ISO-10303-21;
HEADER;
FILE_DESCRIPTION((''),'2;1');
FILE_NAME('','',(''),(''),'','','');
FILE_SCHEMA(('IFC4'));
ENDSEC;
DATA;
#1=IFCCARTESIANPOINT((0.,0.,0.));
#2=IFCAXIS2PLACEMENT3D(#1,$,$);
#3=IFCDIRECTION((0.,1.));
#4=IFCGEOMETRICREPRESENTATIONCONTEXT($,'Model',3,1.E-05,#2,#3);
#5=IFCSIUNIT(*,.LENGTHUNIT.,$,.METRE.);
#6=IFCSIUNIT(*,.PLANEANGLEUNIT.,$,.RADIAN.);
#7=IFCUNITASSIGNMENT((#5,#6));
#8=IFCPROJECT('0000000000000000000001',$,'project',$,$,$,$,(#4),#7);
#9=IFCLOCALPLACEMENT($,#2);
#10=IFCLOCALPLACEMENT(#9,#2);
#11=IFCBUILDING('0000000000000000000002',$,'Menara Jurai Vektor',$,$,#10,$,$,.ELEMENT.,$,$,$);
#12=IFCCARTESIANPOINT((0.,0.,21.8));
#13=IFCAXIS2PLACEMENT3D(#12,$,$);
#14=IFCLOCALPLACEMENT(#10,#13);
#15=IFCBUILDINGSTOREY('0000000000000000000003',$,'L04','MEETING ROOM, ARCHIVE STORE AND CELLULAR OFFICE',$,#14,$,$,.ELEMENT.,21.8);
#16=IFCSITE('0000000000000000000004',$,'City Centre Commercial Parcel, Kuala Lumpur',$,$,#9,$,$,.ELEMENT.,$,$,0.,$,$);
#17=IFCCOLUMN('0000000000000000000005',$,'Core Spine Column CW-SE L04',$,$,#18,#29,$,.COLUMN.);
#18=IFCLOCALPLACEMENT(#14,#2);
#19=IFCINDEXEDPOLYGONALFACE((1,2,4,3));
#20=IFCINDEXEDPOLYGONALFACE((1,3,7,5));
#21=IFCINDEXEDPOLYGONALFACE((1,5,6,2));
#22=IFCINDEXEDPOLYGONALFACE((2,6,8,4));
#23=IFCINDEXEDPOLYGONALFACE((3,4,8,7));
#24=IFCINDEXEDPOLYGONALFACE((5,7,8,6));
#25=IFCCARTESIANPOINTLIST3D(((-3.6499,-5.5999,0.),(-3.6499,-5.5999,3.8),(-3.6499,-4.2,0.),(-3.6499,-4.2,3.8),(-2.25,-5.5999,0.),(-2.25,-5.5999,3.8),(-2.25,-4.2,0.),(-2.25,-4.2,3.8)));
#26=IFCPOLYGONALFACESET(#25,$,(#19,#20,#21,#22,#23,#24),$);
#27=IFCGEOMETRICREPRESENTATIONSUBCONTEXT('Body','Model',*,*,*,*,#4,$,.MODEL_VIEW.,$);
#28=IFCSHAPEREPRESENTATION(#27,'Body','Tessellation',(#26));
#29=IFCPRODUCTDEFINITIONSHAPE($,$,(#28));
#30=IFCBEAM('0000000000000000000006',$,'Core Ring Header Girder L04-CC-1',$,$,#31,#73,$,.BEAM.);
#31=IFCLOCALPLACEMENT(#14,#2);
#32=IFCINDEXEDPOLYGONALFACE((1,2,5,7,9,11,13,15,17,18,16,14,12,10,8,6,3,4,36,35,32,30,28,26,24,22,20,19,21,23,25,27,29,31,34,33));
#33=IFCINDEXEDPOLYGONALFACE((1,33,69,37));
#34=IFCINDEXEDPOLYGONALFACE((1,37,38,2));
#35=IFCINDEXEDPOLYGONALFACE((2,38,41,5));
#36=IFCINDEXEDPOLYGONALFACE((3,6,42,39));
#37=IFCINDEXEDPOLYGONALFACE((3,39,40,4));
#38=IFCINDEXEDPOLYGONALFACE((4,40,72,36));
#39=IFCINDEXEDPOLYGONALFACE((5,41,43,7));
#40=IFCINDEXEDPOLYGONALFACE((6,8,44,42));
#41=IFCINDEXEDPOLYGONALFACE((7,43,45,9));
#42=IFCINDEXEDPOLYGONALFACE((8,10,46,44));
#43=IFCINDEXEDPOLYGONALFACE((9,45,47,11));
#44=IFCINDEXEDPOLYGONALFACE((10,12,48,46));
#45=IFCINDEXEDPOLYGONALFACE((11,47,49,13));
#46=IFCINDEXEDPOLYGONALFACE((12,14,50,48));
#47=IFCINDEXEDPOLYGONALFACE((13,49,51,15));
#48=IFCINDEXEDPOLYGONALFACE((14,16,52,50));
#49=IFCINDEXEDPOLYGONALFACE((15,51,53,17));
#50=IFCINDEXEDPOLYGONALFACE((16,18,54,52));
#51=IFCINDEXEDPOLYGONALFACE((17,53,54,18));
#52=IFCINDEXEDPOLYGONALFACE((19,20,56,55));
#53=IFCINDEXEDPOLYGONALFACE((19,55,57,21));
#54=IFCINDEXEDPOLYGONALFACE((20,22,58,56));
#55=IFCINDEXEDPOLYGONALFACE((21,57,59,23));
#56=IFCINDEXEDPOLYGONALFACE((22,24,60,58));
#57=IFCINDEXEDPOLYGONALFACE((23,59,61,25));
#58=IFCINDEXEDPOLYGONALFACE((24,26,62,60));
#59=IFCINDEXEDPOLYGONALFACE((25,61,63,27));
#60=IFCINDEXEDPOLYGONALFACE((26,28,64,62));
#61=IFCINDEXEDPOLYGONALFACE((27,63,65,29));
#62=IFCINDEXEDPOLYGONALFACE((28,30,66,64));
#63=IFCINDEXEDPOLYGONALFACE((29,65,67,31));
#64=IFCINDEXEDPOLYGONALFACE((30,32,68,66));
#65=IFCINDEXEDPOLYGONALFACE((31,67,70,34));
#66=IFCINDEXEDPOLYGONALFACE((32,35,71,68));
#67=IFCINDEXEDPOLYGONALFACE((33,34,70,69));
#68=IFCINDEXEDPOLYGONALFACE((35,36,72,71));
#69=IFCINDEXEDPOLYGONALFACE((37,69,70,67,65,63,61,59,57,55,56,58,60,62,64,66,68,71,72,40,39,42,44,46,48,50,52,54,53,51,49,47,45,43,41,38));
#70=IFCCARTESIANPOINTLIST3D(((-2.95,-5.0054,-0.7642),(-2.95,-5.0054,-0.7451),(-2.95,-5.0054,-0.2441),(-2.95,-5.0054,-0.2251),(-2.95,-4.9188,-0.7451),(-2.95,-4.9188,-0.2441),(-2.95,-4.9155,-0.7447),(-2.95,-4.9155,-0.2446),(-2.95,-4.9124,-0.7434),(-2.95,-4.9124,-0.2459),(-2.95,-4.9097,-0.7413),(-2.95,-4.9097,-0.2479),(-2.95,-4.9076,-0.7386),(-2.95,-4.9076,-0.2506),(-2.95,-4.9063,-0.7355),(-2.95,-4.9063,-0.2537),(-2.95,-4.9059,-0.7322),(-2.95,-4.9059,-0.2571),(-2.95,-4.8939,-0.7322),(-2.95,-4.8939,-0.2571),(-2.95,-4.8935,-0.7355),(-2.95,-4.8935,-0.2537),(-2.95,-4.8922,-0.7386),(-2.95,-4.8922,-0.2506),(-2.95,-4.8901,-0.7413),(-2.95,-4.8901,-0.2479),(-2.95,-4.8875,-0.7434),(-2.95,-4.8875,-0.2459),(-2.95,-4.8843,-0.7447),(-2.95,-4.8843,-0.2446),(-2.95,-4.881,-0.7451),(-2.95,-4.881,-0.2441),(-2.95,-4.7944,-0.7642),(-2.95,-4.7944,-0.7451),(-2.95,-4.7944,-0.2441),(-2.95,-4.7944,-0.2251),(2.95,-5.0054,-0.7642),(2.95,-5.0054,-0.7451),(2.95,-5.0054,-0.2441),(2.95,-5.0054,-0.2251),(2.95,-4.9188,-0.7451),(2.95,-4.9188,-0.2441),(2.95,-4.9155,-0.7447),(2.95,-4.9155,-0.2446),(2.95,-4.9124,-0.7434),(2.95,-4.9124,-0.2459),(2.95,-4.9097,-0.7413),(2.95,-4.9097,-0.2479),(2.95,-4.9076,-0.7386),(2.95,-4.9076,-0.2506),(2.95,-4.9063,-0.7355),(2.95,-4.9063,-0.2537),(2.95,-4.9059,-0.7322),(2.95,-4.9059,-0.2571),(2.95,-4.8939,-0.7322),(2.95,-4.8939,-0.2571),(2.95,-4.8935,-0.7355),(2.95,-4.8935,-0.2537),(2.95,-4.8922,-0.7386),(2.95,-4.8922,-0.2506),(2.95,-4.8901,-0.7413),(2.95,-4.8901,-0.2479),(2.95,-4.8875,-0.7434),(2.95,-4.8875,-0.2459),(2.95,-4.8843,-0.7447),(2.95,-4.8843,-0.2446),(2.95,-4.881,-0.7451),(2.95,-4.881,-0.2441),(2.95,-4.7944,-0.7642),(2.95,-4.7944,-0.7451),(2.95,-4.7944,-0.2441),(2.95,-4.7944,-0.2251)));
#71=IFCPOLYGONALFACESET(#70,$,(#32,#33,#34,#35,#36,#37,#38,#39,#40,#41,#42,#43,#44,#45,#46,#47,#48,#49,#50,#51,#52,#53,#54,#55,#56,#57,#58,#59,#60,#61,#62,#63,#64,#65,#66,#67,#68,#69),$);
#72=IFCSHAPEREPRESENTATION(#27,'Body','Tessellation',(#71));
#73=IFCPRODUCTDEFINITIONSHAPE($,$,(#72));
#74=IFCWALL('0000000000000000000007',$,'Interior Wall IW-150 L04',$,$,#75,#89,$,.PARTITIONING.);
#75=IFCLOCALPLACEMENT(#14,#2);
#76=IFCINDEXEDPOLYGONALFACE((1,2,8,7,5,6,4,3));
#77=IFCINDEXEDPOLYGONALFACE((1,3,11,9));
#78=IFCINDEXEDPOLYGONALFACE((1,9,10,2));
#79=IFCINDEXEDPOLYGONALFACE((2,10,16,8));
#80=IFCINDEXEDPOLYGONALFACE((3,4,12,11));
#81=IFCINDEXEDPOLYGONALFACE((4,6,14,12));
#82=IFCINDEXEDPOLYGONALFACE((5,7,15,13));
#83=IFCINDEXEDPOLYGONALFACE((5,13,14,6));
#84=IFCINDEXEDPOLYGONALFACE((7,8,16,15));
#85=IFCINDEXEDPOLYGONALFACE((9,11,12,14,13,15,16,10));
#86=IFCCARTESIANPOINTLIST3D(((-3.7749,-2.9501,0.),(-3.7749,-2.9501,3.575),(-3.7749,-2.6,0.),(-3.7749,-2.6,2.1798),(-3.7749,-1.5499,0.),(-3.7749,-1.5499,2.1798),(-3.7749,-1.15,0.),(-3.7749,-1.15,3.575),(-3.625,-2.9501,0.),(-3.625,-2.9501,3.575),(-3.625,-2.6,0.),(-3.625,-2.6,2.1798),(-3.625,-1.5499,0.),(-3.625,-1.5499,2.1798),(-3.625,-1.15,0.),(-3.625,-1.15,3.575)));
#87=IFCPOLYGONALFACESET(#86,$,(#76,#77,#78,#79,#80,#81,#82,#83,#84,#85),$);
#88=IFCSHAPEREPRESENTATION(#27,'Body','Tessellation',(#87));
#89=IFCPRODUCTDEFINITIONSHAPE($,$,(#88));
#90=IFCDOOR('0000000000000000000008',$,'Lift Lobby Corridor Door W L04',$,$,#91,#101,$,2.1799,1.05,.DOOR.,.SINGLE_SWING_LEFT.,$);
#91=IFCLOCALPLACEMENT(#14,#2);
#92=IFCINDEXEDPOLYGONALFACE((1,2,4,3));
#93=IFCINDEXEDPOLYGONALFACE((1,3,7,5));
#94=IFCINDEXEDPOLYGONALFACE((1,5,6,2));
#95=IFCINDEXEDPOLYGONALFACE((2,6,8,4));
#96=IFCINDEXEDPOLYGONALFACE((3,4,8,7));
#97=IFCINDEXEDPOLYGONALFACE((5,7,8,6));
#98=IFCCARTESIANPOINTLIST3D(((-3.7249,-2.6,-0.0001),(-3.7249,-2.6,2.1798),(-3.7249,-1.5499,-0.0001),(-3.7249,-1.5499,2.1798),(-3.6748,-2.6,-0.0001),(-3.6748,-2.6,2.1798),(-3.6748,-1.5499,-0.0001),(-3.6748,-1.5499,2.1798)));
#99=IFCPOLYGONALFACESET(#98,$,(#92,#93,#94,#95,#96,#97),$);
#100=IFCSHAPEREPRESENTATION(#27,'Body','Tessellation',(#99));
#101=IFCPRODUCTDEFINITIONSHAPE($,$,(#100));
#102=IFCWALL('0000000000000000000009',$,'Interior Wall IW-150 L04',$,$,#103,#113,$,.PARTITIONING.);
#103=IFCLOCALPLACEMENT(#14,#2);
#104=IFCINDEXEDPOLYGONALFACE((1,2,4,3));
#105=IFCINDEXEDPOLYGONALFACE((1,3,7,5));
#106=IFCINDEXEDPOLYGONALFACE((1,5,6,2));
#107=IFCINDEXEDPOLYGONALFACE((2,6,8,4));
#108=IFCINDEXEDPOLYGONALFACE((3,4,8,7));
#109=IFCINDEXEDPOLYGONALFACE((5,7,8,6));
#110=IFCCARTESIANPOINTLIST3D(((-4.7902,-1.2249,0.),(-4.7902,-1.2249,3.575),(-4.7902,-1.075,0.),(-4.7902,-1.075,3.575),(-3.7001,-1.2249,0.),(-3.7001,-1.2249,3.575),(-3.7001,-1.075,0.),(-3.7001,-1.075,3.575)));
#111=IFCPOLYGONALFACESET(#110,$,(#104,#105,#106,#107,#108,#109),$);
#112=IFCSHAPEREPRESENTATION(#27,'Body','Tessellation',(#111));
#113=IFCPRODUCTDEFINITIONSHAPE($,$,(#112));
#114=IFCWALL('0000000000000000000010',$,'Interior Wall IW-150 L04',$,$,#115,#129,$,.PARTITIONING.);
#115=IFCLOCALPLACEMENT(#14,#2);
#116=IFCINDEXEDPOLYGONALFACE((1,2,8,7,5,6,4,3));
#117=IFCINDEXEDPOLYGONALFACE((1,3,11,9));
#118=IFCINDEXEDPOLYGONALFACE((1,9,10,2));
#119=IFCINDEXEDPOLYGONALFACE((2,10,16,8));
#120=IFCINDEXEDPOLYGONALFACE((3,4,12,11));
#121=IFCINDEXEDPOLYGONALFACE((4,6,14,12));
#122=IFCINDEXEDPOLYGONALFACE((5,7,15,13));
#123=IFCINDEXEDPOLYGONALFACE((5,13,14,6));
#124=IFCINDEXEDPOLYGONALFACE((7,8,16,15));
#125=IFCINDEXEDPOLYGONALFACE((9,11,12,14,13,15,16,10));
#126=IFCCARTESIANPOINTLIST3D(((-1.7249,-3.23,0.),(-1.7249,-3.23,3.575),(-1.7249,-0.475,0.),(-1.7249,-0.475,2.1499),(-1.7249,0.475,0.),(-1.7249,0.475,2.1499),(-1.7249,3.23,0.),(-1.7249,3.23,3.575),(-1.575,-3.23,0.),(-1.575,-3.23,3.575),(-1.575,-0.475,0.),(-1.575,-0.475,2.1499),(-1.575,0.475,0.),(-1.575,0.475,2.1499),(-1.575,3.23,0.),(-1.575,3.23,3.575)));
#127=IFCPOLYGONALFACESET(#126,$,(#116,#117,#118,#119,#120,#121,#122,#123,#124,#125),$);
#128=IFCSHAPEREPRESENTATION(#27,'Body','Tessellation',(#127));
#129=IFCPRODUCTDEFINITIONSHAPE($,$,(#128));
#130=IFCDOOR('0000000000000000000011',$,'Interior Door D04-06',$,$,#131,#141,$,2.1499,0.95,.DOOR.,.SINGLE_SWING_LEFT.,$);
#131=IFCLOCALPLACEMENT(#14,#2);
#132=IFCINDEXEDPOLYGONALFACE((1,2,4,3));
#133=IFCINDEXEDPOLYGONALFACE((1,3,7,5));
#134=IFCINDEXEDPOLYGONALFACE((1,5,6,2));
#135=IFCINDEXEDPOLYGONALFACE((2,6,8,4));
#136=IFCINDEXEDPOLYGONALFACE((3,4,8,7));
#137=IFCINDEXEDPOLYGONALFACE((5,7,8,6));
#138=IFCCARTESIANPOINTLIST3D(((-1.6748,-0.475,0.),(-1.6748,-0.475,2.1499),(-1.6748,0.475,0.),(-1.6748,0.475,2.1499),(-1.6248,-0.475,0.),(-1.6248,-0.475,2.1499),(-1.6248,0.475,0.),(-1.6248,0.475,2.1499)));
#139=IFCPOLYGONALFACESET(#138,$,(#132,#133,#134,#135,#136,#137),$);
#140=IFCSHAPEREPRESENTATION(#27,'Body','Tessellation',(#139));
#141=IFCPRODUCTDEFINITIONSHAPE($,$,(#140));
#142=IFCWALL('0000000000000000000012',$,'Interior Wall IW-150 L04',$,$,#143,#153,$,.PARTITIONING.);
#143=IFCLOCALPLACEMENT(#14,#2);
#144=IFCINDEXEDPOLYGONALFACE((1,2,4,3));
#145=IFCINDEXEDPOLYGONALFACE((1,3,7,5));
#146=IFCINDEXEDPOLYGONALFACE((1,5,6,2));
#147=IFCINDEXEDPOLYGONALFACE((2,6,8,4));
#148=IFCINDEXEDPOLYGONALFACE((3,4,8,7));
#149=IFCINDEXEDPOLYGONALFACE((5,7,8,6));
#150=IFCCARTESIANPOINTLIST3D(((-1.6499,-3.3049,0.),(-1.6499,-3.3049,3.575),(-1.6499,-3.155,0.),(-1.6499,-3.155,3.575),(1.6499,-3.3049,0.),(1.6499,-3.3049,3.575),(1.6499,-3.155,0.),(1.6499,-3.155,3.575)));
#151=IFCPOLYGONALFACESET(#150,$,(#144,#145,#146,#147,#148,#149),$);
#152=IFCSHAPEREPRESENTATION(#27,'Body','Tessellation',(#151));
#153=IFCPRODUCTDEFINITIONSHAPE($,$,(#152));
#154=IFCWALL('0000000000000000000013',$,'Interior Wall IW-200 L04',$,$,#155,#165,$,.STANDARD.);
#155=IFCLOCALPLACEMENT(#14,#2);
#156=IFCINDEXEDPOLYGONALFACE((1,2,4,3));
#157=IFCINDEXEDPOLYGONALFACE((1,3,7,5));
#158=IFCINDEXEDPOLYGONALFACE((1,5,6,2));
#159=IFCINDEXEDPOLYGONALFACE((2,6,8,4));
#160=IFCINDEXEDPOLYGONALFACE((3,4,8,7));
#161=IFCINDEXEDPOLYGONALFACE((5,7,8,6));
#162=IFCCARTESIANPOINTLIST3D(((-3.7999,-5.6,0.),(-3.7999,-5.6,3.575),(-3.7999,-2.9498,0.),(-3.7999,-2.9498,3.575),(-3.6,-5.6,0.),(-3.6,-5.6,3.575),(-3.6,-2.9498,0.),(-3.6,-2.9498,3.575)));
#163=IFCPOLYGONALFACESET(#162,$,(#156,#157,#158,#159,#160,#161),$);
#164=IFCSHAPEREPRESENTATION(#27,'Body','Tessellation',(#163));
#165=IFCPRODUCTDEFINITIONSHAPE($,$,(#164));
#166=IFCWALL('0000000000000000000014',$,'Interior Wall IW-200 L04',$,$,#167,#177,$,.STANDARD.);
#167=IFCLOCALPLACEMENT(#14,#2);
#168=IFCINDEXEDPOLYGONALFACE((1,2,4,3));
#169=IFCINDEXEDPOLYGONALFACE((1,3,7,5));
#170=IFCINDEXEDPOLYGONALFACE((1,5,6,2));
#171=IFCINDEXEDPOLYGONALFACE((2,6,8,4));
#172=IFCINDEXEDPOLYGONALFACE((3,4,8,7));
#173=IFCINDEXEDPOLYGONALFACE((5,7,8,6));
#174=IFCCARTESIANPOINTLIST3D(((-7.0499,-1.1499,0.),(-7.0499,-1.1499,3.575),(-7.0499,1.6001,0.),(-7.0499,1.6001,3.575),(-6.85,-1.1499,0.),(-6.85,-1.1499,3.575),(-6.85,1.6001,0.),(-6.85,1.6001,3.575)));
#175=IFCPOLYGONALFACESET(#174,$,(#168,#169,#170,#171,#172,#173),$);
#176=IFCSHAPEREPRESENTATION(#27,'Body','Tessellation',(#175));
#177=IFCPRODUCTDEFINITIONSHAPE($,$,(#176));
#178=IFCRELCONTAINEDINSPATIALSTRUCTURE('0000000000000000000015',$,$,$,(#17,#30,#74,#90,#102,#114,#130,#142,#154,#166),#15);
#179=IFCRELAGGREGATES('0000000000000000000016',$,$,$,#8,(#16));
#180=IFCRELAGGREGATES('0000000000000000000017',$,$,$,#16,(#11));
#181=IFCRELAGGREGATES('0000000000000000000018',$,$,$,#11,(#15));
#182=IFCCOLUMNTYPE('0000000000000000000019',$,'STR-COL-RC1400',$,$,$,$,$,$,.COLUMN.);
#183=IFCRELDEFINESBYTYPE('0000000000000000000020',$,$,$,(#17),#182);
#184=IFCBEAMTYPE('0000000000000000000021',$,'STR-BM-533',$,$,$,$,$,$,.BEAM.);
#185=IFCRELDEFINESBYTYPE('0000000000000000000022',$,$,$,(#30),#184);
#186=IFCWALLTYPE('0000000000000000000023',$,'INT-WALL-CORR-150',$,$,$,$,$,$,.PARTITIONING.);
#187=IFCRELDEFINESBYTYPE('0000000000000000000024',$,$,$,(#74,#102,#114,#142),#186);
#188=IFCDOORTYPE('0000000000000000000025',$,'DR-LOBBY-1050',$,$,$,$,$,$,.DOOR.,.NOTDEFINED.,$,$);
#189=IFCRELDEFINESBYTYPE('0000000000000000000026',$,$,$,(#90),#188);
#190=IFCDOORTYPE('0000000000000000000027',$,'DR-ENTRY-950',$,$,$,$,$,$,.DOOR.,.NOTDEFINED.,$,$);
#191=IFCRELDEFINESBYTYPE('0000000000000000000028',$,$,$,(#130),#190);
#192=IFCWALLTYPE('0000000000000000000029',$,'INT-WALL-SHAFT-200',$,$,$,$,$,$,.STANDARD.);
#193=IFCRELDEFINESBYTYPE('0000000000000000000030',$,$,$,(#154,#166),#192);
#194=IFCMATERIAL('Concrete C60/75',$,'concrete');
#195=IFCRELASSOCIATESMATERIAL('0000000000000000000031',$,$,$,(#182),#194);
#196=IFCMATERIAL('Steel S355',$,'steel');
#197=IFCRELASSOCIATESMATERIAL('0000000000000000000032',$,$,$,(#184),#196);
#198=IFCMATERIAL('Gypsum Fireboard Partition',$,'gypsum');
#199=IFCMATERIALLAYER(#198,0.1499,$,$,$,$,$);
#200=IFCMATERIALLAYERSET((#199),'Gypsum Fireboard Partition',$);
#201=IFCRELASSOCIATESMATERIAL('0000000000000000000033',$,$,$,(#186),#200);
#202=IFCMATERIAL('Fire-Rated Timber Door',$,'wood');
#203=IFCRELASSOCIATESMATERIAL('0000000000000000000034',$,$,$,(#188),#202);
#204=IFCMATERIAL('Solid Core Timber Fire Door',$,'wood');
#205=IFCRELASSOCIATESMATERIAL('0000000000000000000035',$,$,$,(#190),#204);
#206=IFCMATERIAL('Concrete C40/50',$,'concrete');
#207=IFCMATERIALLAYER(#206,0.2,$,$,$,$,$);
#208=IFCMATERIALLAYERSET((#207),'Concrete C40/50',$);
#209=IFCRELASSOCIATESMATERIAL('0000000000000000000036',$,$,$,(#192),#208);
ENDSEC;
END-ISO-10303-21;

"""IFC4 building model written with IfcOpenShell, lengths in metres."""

from ifc_helpers import new_model, si_unit, direction, frame, frame_2d, origin, origin_2d, place, context, subcontext, project, spatial, rectangle, i_section, extrude, material, layer, layer_set, material_profile, profile_set, type_object, element, fill, save


model = new_model("IFC4")

# Units and contexts
model_context = context("Model", 3, precision=1e-05, world=origin(), true_north=direction((0.0, 1.0)))
body_context = subcontext(model_context, "Body", "Model", "MODEL_VIEW")
ifc_project = project(units=[si_unit("LENGTHUNIT", "METRE"), si_unit("PLANEANGLEUNIT", "RADIAN")], contexts=[model_context])

# Site, building, storey
site_placement = place(None, origin())
site = spatial("IfcSite", under=ifc_project, at=site_placement, Name="City Centre Commercial Parcel, Kuala Lumpur", CompositionType="ELEMENT", RefElevation=0.0)
building_placement = place(site_placement, origin())
building = spatial("IfcBuilding", under=site, at=building_placement, Name="Menara Jurai Vektor", CompositionType="ELEMENT")
storey_placement = place(building_placement, frame((0.0, 0.0, 21.8)))
storey = spatial("IfcBuildingStorey", under=building, at=storey_placement, Name="L04", Description="MEETING ROOM, ARCHIVE STORE AND CELLULAR OFFICE", CompositionType="ELEMENT", Elevation=21.8)

# Column
ifc_material_1 = material(Name="Concrete C60/75", Category="concrete")
ifc_material_profile_1 = material_profile(ifc_material_1, rectangle(XDim=1.3999, YDim=1.3999, at=origin_2d()), Name="RC 1400x1400")
ifc_profile_set_1 = profile_set([ifc_material_profile_1], Name="Concrete C60/75")
column_type = type_object("IfcColumnType", Name="STR-COL-RC1400", PredefinedType="COLUMN", material=ifc_profile_set_1)
column_placement = place(storey_placement, frame((-2.95, -4.8999, 0.0), z_axis=(0.0, 0.0, 1.0), x_axis=(1.0, 0.0, 0.0)))
element("IfcColumn", 1, at=column_placement, inside=storey, type_object=column_type, Name="Core Spine Column CW-SE L04", PredefinedType="COLUMN", context=body_context, shape_type="SweptSolid", body=[
    extrude(rectangle(XDim=1.3999, YDim=1.3999, at=origin_2d()), origin(), (0.0, 0.0, 1.0), 3.8),
])

# Beam
ifc_material_2 = material(Name="Steel S355", Category="steel")
ifc_material_profile_2 = material_profile(ifc_material_2, i_section(OverallWidth=0.2109, OverallDepth=0.5391, WebThickness=0.012, FlangeThickness=0.019, FilletRadius=0.0129, at=origin_2d()), Name="UKB 533x210x109")
ifc_profile_set_2 = profile_set([ifc_material_profile_2], Name="Steel S355")
beam_type = type_object("IfcBeamType", Name="STR-BM-533", PredefinedType="BEAM", material=ifc_profile_set_2)
beam_placement = place(storey_placement, frame((-2.95, -4.8999, -0.4946), z_axis=(1.0, 0.0, 0.0), x_axis=(0.0, 1.0, 0.0)))
element("IfcBeam", 2, at=beam_placement, inside=storey, type_object=beam_type, Name="Core Ring Header Girder L04-CC-1", PredefinedType="BEAM", context=body_context, shape_type="SweptSolid", body=[
    extrude(i_section(OverallWidth=0.2109, OverallDepth=0.5391, WebThickness=0.012, FlangeThickness=0.019, FilletRadius=0.0129, at=origin_2d()), origin(), (0.0, 0.0, 1.0), 5.8999),
])

# Wall, opening, door
ifc_material_3 = material(Name="Gypsum Fireboard Partition", Category="gypsum")
ifc_layer_1 = layer(ifc_material_3, 0.1499)
ifc_layer_set_1 = layer_set([ifc_layer_1], Name="Gypsum Fireboard Partition")
wall_type_1 = type_object("IfcWallType", Name="INT-WALL-CORR-150", PredefinedType="PARTITIONING", material=ifc_layer_set_1)
wall_1_placement = place(storey_placement, frame((-3.7, -2.95, 0.0), z_axis=(0.0, 0.0, 1.0), x_axis=(0.0, 1.0, 0.0)))
wall_1 = element("IfcWall", 3, at=wall_1_placement, inside=storey, type_object=wall_type_1, Name="Interior Wall IW-150 L04", PredefinedType="PARTITIONING", context=body_context, shape_type="SweptSolid", body=[
    extrude(rectangle(XDim=1.8, YDim=0.1499, at=frame_2d((0.8999, 0.0))), origin(), (0.0, 0.0, 1.0), 3.575),
])
opening_1_placement = place(wall_1_placement, frame((0.3501, 0.0, 0.0)))
opening_1 = element("IfcOpeningElement", 4, at=opening_1_placement, cuts=wall_1, PredefinedType="OPENING", context=body_context, shape_type="SweptSolid", body=[
    extrude(rectangle(XDim=1.05, YDim=2.1799, at=frame_2d((0.5249, 1.0898))), frame((0.0, 0.085, 0.0), z_axis=(0.0, -1.0, 0.0), x_axis=(1.0, 0.0, 0.0)), (0.0, 0.0, 1.0), 0.1699),
])
ifc_material_4 = material(Name="Fire-Rated Timber Door", Category="wood")
door_type_1 = type_object("IfcDoorType", Name="DR-LOBBY-1050", OperationType="NOTDEFINED", PredefinedType="DOOR", material=ifc_material_4)
door_1_placement = place(opening_1_placement, origin())
door_1 = element("IfcDoor", 5, at=door_1_placement, inside=storey, type_object=door_type_1, Name="Lift Lobby Corridor Door W L04", OperationType="SINGLE_SWING_LEFT", OverallHeight=2.1799, OverallWidth=1.05, PredefinedType="DOOR", context=body_context, shape_type="SweptSolid", body=[
    extrude(rectangle(XDim=1.05, YDim=2.1799, at=frame_2d((0.5249, 1.0898))), frame((0.0, 0.0249, 0.0), z_axis=(0.0, -1.0, 0.0), x_axis=(1.0, 0.0, 0.0)), (0.0, 0.0, 1.0), 0.05),
])
fill(opening_1, door_1)

# Wall
wall_2_placement = place(storey_placement, frame((-4.79, -1.1499, 0.0), z_axis=(0.0, 0.0, 1.0), x_axis=(1.0, 0.0, 0.0)))
element("IfcWall", 6, at=wall_2_placement, inside=storey, type_object=wall_type_1, Name="Interior Wall IW-150 L04", PredefinedType="PARTITIONING", context=body_context, shape_type="SweptSolid", body=[
    extrude(rectangle(XDim=1.0901, YDim=0.1499, at=frame_2d((0.5449, 0.0))), origin(), (0.0, 0.0, 1.0), 3.575),
])

# Wall, opening, door
wall_3_placement = place(storey_placement, frame((-1.6499, -3.23, 0.0), z_axis=(0.0, 0.0, 1.0), x_axis=(0.0, 1.0, 0.0)))
wall_3 = element("IfcWall", 7, at=wall_3_placement, inside=storey, type_object=wall_type_1, Name="Interior Wall IW-150 L04", PredefinedType="PARTITIONING", context=body_context, shape_type="SweptSolid", body=[
    extrude(rectangle(XDim=6.46, YDim=0.1499, at=frame_2d((3.23, 0.0))), origin(), (0.0, 0.0, 1.0), 3.575),
])
opening_2_placement = place(wall_3_placement, frame((2.7549, 0.0, 0.0)))
opening_2 = element("IfcOpeningElement", 8, at=opening_2_placement, cuts=wall_3, PredefinedType="OPENING", context=body_context, shape_type="SweptSolid", body=[
    extrude(rectangle(XDim=0.95, YDim=2.1499, at=frame_2d((0.4751, 1.075))), frame((0.0, 0.085, 0.0), z_axis=(0.0, -1.0, 0.0), x_axis=(1.0, 0.0, 0.0)), (0.0, 0.0, 1.0), 0.1699),
])
ifc_material_5 = material(Name="Solid Core Timber Fire Door", Category="wood")
door_type_2 = type_object("IfcDoorType", Name="DR-ENTRY-950", OperationType="NOTDEFINED", PredefinedType="DOOR", material=ifc_material_5)
door_2_placement = place(opening_2_placement, origin())
door_2 = element("IfcDoor", 9, at=door_2_placement, inside=storey, type_object=door_type_2, Name="Interior Door D04-06", OperationType="SINGLE_SWING_LEFT", OverallHeight=2.1499, OverallWidth=0.95, PredefinedType="DOOR", context=body_context, shape_type="SweptSolid", body=[
    extrude(rectangle(XDim=0.95, YDim=2.1499, at=frame_2d((0.4751, 1.075))), frame((0.0, 0.0249, 0.0), z_axis=(0.0, -1.0, 0.0), x_axis=(1.0, 0.0, 0.0)), (0.0, 0.0, 1.0), 0.05),
])
fill(opening_2, door_2)

# Wall
wall_4_placement = place(storey_placement, frame((-1.6499, -3.23, 0.0), z_axis=(0.0, 0.0, 1.0), x_axis=(1.0, 0.0, 0.0)))
element("IfcWall", 10, at=wall_4_placement, inside=storey, type_object=wall_type_1, Name="Interior Wall IW-150 L04", PredefinedType="PARTITIONING", context=body_context, shape_type="SweptSolid", body=[
    extrude(rectangle(XDim=3.2998, YDim=0.1499, at=frame_2d((1.6499, 0.0))), origin(), (0.0, 0.0, 1.0), 3.575),
])

# Shared definitions
ifc_material_6 = material(Name="Concrete C40/50", Category="concrete")
ifc_layer_2 = layer(ifc_material_6, 0.2)
ifc_layer_set_2 = layer_set([ifc_layer_2], Name="Concrete C40/50")
wall_type_2 = type_object("IfcWallType", Name="INT-WALL-SHAFT-200", PredefinedType="STANDARD", material=ifc_layer_set_2)

# Walls
wall_5_placement = place(storey_placement, frame((-3.7, -5.6001, 0.0), z_axis=(0.0, 0.0, 1.0), x_axis=(0.0, 1.0, 0.0)))
element("IfcWall", 11, at=wall_5_placement, inside=storey, type_object=wall_type_2, Name="Interior Wall IW-200 L04", PredefinedType="STANDARD", context=body_context, shape_type="SweptSolid", body=[
    extrude(rectangle(XDim=2.6501, YDim=0.2, at=frame_2d((1.3252, 0.0))), origin(), (0.0, 0.0, 1.0), 3.575),
])
for number, where, z_axis, x_axis, name in (
    (12, (-6.95, -1.1499, 0.0), (0.0, 0.0, 1.0), (0.0, 1.0, 0.0), "Interior Wall IW-200 L04"),
):
    element("IfcWall", number, at=place(storey_placement, frame(where, z_axis=z_axis, x_axis=x_axis)), inside=storey, type_object=wall_type_2, Name=name, PredefinedType="STANDARD", context=body_context, shape_type="SweptSolid", body=[
        extrude(rectangle(XDim=2.75, YDim=0.2, at=frame_2d((1.375, 0.0))), origin(), (0.0, 0.0, 1.0), 3.575),
    ])

save(model, "model.ifc")
